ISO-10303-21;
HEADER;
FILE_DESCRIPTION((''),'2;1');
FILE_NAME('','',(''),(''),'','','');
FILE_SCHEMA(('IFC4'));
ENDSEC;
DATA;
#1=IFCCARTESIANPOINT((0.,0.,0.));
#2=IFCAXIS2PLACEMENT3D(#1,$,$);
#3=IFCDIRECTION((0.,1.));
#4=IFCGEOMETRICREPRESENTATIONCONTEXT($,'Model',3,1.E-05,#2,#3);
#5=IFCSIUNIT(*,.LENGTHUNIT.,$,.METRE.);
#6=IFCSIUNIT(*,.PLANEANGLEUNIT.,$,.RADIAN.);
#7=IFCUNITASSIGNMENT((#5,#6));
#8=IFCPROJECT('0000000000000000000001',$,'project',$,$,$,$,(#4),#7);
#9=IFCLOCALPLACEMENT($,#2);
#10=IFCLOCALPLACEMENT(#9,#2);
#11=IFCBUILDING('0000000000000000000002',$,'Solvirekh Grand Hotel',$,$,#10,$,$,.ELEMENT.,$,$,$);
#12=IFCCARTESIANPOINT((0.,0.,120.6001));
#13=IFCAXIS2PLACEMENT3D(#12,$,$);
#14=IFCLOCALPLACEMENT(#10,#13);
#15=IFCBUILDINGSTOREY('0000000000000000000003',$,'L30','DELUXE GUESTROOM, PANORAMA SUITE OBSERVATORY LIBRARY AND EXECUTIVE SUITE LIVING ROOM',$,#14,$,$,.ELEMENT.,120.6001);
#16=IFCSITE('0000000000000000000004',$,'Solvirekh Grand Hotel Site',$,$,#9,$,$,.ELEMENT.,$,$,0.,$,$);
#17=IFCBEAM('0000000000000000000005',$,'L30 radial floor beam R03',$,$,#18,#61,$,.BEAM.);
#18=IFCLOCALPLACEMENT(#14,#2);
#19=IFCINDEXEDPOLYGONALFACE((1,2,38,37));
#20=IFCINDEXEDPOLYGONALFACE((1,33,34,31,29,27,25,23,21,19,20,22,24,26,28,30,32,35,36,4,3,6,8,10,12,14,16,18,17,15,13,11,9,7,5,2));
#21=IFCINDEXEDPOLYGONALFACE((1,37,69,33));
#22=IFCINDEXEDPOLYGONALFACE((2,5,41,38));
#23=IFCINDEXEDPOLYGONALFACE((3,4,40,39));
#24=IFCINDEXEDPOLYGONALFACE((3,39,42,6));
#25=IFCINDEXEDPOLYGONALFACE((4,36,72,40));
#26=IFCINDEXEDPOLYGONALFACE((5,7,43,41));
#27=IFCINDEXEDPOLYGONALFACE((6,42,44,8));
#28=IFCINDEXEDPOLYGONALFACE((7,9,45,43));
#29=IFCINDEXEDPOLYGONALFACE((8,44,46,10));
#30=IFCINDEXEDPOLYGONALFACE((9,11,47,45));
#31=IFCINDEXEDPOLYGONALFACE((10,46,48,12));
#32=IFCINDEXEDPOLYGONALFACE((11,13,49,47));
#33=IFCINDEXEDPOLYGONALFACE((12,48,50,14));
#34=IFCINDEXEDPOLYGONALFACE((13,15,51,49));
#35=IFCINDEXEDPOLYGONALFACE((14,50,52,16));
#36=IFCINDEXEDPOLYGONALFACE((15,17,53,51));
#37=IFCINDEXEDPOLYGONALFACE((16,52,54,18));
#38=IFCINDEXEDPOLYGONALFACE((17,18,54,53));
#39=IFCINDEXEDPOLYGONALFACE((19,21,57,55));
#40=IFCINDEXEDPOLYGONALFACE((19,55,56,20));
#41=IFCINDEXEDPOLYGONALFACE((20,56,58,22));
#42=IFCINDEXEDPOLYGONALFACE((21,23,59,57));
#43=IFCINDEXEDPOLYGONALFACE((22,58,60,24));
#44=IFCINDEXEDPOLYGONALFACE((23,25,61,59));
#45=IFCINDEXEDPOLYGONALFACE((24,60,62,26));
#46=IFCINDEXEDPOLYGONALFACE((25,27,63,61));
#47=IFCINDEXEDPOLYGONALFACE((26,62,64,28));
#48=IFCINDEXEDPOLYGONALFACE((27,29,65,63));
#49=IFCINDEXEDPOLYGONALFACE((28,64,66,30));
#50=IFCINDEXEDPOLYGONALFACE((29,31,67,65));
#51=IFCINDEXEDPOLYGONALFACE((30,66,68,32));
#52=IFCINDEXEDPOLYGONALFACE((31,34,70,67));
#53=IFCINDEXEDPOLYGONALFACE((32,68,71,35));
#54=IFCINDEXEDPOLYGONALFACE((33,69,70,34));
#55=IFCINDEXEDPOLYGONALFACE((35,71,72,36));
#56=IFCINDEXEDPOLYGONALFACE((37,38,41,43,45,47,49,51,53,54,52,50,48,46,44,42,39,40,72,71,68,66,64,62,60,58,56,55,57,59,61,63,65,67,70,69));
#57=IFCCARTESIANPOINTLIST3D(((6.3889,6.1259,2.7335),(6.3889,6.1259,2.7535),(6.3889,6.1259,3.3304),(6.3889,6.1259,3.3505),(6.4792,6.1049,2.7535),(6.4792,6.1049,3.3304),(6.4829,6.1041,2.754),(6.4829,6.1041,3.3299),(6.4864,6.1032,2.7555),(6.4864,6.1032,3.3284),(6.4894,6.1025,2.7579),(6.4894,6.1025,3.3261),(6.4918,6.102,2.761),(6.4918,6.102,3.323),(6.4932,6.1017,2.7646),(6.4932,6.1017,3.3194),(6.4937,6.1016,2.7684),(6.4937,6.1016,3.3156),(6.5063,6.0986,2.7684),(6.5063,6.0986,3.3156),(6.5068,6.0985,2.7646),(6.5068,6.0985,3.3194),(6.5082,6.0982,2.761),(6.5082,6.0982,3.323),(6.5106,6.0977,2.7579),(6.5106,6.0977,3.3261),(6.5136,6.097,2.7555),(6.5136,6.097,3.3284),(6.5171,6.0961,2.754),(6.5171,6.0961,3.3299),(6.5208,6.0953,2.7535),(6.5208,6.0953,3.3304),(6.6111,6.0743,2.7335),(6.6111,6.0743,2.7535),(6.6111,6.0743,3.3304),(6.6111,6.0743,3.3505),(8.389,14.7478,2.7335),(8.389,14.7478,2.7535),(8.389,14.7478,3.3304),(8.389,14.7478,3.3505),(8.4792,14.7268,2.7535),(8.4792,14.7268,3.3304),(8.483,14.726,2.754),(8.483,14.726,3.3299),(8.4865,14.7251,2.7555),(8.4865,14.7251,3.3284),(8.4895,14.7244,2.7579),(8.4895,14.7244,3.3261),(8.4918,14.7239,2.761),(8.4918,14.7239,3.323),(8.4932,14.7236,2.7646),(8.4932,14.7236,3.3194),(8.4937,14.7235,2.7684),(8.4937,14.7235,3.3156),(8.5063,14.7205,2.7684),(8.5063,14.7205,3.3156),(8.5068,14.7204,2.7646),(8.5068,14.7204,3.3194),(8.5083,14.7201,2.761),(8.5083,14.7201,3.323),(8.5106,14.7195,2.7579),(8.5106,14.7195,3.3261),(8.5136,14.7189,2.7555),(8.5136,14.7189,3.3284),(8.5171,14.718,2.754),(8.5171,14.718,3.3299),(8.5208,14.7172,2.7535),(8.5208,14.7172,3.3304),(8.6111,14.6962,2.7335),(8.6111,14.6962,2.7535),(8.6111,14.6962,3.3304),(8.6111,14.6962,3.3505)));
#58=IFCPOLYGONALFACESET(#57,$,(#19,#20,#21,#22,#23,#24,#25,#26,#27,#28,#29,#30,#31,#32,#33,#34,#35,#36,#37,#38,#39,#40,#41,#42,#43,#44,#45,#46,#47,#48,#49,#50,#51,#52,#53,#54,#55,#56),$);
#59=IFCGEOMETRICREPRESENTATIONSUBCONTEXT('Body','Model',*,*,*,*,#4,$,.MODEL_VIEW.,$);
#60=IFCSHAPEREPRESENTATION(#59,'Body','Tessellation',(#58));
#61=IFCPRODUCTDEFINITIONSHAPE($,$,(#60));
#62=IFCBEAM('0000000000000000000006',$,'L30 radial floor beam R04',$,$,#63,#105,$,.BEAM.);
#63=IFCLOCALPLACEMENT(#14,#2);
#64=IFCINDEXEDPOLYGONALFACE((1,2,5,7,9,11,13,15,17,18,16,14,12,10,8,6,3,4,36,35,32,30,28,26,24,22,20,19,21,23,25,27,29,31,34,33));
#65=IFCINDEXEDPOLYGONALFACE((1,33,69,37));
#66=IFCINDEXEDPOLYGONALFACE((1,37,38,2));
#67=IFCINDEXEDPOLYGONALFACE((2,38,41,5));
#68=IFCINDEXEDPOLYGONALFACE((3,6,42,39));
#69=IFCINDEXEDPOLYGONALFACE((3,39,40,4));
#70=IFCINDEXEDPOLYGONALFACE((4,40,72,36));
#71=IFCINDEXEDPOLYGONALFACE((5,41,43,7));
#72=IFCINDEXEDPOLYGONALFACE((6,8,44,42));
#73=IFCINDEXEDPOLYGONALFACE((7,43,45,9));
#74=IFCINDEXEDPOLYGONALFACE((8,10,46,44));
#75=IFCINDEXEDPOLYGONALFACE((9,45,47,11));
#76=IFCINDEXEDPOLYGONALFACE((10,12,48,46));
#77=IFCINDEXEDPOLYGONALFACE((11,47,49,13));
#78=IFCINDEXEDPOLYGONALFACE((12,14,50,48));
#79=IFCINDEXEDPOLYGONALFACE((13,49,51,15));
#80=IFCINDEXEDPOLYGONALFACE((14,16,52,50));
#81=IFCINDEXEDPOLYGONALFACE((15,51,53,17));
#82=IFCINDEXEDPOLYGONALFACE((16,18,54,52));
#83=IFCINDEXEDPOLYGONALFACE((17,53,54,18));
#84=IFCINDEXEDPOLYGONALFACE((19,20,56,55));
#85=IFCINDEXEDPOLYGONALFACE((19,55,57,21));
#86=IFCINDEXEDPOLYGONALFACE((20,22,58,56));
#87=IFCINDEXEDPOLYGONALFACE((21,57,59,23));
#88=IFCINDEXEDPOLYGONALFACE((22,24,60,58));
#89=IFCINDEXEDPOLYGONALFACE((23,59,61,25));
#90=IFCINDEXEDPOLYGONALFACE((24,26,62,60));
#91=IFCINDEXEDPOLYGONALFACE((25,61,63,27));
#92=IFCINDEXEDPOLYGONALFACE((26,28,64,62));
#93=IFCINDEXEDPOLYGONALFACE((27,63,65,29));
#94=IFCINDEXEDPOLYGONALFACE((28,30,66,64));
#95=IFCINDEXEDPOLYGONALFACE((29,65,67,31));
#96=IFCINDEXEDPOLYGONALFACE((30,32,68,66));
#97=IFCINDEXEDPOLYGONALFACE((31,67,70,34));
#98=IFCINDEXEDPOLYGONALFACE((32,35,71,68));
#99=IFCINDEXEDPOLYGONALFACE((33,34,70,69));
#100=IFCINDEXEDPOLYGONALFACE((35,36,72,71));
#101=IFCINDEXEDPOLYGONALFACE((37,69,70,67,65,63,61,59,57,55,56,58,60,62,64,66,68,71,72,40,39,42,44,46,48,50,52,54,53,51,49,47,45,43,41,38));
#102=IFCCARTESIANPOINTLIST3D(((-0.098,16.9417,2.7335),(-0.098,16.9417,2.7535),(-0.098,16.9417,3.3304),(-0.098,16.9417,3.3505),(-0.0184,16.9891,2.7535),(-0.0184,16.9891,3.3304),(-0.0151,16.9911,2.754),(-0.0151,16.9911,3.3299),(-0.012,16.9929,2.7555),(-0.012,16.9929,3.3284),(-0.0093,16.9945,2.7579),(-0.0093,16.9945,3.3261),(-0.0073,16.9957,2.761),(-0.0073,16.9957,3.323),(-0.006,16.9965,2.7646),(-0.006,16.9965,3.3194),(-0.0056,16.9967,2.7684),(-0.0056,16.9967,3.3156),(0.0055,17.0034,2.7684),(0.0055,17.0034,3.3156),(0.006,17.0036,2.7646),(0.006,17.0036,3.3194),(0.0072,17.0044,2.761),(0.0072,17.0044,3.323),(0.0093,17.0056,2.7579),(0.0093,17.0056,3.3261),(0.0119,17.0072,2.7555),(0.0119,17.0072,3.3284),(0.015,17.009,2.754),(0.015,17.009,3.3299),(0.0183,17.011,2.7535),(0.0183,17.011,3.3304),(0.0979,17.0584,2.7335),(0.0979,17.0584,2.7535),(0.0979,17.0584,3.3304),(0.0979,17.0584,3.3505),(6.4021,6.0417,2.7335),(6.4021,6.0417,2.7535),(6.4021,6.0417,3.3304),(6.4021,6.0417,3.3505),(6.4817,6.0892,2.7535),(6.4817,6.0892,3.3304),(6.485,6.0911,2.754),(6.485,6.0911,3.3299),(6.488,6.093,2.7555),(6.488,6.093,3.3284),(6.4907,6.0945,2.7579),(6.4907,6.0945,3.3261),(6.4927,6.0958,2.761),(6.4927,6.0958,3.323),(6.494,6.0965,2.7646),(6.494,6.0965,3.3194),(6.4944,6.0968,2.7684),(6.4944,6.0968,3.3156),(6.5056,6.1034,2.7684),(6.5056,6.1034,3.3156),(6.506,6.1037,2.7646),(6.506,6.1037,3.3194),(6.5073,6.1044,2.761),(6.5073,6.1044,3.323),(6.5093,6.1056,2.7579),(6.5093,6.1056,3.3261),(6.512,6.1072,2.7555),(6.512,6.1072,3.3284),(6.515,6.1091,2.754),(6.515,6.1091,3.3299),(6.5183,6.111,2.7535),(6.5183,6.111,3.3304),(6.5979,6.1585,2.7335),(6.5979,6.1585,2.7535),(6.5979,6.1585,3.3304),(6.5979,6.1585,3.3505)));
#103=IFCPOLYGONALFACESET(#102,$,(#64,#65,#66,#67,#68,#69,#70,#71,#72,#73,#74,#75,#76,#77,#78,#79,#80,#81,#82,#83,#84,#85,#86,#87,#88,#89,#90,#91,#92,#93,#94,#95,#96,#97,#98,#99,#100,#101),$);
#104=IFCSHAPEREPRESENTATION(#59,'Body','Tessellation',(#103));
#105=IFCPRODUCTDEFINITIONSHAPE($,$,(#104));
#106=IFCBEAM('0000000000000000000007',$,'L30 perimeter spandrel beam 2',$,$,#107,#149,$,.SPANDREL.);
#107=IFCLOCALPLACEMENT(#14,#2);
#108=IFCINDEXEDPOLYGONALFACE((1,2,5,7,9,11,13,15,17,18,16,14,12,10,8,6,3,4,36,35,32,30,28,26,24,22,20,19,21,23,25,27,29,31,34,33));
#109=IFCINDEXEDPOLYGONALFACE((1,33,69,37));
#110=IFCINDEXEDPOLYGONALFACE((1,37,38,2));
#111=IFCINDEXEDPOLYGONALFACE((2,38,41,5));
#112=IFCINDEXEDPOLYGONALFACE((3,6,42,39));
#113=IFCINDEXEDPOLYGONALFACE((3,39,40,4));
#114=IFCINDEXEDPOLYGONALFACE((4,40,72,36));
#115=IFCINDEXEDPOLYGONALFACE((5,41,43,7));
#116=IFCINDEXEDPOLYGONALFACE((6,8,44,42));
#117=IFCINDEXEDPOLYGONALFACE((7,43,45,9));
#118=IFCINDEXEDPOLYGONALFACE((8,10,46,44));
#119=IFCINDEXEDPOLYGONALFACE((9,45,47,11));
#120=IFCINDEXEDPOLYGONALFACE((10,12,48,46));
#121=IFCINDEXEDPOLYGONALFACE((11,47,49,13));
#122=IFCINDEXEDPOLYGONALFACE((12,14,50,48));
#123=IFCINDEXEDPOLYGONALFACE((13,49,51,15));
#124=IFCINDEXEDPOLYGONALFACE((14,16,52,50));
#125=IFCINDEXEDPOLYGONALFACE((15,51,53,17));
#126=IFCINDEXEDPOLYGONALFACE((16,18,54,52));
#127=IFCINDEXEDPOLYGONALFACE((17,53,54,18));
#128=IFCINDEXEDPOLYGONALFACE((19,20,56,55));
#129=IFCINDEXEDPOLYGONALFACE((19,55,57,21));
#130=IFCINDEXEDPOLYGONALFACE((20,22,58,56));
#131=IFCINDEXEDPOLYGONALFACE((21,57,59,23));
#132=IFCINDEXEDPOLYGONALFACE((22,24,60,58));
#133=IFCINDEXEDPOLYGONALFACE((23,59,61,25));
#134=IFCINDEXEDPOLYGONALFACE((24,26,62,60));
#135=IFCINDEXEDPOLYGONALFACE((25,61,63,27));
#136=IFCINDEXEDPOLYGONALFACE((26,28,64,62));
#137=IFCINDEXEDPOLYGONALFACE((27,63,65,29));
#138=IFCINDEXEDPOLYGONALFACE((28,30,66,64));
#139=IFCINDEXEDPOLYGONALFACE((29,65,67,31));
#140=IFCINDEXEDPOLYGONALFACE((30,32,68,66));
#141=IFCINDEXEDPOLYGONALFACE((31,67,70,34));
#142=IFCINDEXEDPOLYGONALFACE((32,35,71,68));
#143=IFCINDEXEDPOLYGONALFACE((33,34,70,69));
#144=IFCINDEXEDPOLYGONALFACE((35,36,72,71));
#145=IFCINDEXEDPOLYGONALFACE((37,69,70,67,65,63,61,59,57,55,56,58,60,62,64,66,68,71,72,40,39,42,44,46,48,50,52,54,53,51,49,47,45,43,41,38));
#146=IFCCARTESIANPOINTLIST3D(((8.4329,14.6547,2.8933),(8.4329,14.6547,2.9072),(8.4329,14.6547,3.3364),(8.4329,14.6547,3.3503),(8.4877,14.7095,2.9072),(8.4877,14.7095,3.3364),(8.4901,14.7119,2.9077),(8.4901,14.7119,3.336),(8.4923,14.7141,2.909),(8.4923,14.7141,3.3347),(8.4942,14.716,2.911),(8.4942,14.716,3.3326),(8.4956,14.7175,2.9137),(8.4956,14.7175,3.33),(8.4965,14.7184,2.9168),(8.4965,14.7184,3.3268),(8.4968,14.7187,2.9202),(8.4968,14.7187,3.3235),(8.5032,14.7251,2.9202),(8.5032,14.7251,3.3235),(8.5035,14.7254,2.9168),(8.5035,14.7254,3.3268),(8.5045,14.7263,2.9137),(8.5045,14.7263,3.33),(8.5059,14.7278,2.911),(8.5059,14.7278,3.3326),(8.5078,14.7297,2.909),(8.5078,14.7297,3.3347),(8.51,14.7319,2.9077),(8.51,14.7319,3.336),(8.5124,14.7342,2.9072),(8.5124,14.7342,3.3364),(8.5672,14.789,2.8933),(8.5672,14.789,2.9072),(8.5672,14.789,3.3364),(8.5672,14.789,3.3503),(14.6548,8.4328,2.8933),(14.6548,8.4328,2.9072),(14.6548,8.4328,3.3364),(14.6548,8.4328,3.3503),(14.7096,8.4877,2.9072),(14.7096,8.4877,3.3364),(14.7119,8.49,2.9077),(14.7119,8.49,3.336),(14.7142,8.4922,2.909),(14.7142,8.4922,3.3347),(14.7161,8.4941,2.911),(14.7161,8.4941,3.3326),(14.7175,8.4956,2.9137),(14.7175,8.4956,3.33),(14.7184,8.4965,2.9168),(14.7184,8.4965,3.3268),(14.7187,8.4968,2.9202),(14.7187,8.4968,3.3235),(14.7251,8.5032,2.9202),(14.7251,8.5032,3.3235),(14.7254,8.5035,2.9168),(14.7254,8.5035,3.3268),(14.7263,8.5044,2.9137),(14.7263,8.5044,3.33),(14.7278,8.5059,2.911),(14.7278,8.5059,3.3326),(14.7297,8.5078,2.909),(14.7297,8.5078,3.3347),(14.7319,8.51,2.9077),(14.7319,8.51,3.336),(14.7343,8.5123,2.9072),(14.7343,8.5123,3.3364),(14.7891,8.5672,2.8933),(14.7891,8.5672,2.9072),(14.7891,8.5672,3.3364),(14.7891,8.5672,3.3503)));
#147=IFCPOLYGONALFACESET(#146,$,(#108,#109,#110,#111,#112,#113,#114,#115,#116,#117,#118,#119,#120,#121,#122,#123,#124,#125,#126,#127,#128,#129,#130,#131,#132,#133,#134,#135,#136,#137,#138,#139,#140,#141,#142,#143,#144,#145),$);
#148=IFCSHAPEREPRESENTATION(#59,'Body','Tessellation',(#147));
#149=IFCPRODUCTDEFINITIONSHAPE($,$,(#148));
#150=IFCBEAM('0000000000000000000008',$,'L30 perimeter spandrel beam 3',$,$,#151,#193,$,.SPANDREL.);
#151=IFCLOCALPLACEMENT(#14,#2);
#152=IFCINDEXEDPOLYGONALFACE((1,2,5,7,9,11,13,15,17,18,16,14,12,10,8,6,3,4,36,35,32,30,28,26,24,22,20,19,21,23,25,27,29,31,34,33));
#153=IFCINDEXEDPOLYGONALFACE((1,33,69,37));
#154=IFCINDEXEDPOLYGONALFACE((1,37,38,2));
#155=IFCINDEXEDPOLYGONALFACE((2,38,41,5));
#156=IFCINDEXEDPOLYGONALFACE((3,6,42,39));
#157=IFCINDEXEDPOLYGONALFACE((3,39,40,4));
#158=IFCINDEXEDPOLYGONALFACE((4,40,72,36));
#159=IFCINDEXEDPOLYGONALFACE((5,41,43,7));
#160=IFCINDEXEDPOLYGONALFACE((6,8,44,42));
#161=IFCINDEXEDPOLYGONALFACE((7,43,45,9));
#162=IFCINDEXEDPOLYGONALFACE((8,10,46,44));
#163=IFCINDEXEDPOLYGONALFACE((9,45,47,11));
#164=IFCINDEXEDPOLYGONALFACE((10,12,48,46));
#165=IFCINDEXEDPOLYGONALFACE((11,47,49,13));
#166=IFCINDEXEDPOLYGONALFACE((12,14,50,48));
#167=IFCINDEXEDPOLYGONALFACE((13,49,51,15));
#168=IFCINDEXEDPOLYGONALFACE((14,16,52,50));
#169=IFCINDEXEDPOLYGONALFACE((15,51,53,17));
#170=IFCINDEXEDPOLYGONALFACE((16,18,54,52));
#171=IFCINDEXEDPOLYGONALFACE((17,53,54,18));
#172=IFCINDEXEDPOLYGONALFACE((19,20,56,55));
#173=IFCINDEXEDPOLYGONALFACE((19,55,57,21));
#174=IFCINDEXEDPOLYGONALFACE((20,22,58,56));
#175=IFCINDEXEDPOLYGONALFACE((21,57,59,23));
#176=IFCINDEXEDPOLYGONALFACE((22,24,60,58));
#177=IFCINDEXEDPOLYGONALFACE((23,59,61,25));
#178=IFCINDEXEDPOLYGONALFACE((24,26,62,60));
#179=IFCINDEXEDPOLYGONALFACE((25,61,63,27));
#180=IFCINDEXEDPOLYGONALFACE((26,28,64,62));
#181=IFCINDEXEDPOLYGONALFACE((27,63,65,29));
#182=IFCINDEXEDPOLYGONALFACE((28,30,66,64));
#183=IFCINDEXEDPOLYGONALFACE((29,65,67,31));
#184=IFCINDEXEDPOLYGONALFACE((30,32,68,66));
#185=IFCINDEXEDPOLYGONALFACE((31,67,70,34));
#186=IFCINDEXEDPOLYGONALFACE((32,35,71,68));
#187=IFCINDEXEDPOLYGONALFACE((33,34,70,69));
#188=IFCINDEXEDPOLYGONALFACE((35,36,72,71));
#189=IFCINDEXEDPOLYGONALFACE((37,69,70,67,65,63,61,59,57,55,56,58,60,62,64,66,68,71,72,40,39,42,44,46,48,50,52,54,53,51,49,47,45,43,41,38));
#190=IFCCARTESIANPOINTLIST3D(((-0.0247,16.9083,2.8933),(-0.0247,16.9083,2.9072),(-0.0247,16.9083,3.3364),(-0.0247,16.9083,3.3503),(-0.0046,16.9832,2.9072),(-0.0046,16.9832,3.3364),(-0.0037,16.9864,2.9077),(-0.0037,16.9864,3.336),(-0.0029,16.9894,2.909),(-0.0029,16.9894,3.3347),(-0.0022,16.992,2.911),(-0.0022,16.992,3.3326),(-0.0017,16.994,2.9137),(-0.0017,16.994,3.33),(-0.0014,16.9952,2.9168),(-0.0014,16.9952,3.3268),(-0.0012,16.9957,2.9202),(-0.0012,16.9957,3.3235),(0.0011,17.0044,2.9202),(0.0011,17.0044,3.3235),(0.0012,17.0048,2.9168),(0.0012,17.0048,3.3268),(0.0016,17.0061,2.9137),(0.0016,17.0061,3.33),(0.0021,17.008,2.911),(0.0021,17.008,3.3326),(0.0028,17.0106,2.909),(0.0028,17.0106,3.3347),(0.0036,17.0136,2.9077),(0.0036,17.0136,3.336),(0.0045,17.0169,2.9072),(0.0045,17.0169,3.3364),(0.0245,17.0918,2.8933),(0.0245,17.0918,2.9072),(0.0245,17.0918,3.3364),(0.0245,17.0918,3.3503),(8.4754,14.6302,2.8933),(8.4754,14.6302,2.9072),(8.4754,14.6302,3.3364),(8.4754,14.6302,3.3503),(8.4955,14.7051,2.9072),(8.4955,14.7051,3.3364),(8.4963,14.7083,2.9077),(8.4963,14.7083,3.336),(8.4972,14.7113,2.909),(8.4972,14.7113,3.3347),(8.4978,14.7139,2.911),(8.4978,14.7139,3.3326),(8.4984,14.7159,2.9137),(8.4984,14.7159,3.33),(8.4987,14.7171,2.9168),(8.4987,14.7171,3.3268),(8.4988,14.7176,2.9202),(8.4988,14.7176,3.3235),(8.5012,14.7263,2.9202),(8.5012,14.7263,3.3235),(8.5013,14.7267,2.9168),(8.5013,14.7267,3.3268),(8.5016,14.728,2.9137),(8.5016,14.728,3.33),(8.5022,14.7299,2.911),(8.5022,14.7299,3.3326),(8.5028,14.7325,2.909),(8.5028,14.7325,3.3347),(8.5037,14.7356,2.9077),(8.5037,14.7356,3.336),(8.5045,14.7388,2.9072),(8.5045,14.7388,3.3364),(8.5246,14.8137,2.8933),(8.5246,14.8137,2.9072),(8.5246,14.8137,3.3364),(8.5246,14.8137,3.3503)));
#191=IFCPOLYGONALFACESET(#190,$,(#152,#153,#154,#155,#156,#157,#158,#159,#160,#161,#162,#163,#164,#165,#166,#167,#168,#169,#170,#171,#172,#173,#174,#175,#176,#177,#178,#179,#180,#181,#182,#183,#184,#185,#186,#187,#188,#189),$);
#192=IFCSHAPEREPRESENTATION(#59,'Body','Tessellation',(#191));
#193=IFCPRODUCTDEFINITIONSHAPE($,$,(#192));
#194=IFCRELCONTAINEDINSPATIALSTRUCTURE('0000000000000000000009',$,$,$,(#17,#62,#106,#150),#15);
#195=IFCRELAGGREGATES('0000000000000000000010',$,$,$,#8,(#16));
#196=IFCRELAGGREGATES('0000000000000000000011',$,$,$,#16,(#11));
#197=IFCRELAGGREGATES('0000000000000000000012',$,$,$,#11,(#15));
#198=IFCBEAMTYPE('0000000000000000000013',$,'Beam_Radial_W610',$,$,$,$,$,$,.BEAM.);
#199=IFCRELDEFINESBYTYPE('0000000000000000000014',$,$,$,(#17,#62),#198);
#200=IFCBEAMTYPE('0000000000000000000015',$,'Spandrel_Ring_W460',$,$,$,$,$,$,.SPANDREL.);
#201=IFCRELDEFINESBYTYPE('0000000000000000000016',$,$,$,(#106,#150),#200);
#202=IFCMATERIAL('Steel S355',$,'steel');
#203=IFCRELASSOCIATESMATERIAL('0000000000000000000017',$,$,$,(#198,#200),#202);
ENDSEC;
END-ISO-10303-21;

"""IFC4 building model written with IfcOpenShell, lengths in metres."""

from ifc_helpers import new_model, si_unit, direction, frame, origin, origin_2d, place, context, subcontext, project, spatial, i_section, extrude, material, material_profile, profile_set, type_object, element, save


model = new_model("IFC4")

# Units and contexts
model_context = context("Model", 3, precision=1e-05, world=origin(), true_north=direction((0.0, 1.0)))
body_context = subcontext(model_context, "Body", "Model", "MODEL_VIEW")
ifc_project = project(units=[si_unit("LENGTHUNIT", "METRE"), si_unit("PLANEANGLEUNIT", "RADIAN")], contexts=[model_context])

# Site, building, storey
site_placement = place(None, origin())
site = spatial("IfcSite", under=ifc_project, at=site_placement, Name="Solvirekh Grand Hotel Site", CompositionType="ELEMENT", RefElevation=0.0)
building_placement = place(site_placement, origin())
building = spatial("IfcBuilding", under=site, at=building_placement, Name="Solvirekh Grand Hotel", CompositionType="ELEMENT")
storey_placement = place(building_placement, frame((0.0, 0.0, 120.6001)))
storey = spatial("IfcBuildingStorey", under=building, at=storey_placement, Name="L30", Description="DELUXE GUESTROOM, PANORAMA SUITE OBSERVATORY LIBRARY AND EXECUTIVE SUITE LIVING ROOM", CompositionType="ELEMENT", Elevation=120.6001)

# Beams
ifc_material_1 = material(Name="Steel S355", Category="steel")
ifc_material_profile_1 = material_profile(ifc_material_1, i_section(OverallWidth=0.228, OverallDepth=0.6169, WebThickness=0.0129, FlangeThickness=0.02, FilletRadius=0.0149, at=origin_2d()), Name="W610X140")
ifc_profile_set_1 = profile_set([ifc_material_profile_1], Name="Steel S355")
beam_type_1 = type_object("IfcBeamType", Name="Beam_Radial_W610", PredefinedType="BEAM", material=ifc_profile_set_1)
beam_1_placement = place(storey_placement, frame((6.5, 6.1001, 3.042), z_axis=(0.225969, 0.974134, 0.0), x_axis=(-0.974134, 0.225969, 0.0)))
element("IfcBeam", 1, at=beam_1_placement, inside=storey, type_object=beam_type_1, Name="L30 radial floor beam R03", PredefinedType="BEAM", context=body_context, shape_type="SweptSolid", body=[
    extrude(i_section(OverallWidth=0.228, OverallDepth=0.6169, WebThickness=0.0129, FlangeThickness=0.02, FilletRadius=0.0149, at=origin_2d()), origin(), (0.0, 0.0, 1.0), 8.8508),
])
beam_2_placement = place(storey_placement, frame((6.5, 6.1001, 3.042), z_axis=(-0.51218, 0.858878, 0.0), x_axis=(-0.858878, -0.51218, 0.0)))
element("IfcBeam", 2, at=beam_2_placement, inside=storey, type_object=beam_type_1, Name="L30 radial floor beam R04", PredefinedType="BEAM", context=body_context, shape_type="SweptSolid", body=[
    extrude(i_section(OverallWidth=0.228, OverallDepth=0.6169, WebThickness=0.0129, FlangeThickness=0.02, FilletRadius=0.0149, at=origin_2d()), origin(), (0.0, 0.0, 1.0), 12.6909),
])
ifc_material_profile_2 = material_profile(ifc_material_1, i_section(OverallWidth=0.1899, OverallDepth=0.457, WebThickness=0.009, FlangeThickness=0.0139, FilletRadius=0.0129, at=origin_2d()), Name="W460X74")
ifc_profile_set_2 = profile_set([ifc_material_profile_2], Name="Steel S355")
beam_type_2 = type_object("IfcBeamType", Name="Spandrel_Ring_W460", PredefinedType="SPANDREL", material=ifc_profile_set_2)
beam_3_placement = place(storey_placement, frame((14.7219, 8.5, 3.1218), z_axis=(-0.707107, 0.707107, 0.0), x_axis=(-0.707107, -0.707107, 0.0)))
element("IfcBeam", 3, at=beam_3_placement, inside=storey, type_object=beam_type_2, Name="L30 perimeter spandrel beam 2", PredefinedType="SPANDREL", context=body_context, shape_type="SweptSolid", body=[
    extrude(i_section(OverallWidth=0.1899, OverallDepth=0.457, WebThickness=0.009, FlangeThickness=0.0139, FilletRadius=0.0129, at=origin_2d()), origin(), (0.0, 0.0, 1.0), 8.7991),
])
beam_4_placement = place(storey_placement, frame((8.5, 14.7219, 3.1218), z_axis=(-0.965911, 0.258873, 0.0), x_axis=(-0.258873, -0.965911, 0.0)))
element("IfcBeam", 4, at=beam_4_placement, inside=storey, type_object=beam_type_2, Name="L30 perimeter spandrel beam 3", PredefinedType="SPANDREL", context=body_context, shape_type="SweptSolid", body=[
    extrude(i_section(OverallWidth=0.1899, OverallDepth=0.457, WebThickness=0.009, FlangeThickness=0.0139, FilletRadius=0.0129, at=origin_2d()), origin(), (0.0, 0.0, 1.0), 8.8),
])

save(model, "model.ifc")
